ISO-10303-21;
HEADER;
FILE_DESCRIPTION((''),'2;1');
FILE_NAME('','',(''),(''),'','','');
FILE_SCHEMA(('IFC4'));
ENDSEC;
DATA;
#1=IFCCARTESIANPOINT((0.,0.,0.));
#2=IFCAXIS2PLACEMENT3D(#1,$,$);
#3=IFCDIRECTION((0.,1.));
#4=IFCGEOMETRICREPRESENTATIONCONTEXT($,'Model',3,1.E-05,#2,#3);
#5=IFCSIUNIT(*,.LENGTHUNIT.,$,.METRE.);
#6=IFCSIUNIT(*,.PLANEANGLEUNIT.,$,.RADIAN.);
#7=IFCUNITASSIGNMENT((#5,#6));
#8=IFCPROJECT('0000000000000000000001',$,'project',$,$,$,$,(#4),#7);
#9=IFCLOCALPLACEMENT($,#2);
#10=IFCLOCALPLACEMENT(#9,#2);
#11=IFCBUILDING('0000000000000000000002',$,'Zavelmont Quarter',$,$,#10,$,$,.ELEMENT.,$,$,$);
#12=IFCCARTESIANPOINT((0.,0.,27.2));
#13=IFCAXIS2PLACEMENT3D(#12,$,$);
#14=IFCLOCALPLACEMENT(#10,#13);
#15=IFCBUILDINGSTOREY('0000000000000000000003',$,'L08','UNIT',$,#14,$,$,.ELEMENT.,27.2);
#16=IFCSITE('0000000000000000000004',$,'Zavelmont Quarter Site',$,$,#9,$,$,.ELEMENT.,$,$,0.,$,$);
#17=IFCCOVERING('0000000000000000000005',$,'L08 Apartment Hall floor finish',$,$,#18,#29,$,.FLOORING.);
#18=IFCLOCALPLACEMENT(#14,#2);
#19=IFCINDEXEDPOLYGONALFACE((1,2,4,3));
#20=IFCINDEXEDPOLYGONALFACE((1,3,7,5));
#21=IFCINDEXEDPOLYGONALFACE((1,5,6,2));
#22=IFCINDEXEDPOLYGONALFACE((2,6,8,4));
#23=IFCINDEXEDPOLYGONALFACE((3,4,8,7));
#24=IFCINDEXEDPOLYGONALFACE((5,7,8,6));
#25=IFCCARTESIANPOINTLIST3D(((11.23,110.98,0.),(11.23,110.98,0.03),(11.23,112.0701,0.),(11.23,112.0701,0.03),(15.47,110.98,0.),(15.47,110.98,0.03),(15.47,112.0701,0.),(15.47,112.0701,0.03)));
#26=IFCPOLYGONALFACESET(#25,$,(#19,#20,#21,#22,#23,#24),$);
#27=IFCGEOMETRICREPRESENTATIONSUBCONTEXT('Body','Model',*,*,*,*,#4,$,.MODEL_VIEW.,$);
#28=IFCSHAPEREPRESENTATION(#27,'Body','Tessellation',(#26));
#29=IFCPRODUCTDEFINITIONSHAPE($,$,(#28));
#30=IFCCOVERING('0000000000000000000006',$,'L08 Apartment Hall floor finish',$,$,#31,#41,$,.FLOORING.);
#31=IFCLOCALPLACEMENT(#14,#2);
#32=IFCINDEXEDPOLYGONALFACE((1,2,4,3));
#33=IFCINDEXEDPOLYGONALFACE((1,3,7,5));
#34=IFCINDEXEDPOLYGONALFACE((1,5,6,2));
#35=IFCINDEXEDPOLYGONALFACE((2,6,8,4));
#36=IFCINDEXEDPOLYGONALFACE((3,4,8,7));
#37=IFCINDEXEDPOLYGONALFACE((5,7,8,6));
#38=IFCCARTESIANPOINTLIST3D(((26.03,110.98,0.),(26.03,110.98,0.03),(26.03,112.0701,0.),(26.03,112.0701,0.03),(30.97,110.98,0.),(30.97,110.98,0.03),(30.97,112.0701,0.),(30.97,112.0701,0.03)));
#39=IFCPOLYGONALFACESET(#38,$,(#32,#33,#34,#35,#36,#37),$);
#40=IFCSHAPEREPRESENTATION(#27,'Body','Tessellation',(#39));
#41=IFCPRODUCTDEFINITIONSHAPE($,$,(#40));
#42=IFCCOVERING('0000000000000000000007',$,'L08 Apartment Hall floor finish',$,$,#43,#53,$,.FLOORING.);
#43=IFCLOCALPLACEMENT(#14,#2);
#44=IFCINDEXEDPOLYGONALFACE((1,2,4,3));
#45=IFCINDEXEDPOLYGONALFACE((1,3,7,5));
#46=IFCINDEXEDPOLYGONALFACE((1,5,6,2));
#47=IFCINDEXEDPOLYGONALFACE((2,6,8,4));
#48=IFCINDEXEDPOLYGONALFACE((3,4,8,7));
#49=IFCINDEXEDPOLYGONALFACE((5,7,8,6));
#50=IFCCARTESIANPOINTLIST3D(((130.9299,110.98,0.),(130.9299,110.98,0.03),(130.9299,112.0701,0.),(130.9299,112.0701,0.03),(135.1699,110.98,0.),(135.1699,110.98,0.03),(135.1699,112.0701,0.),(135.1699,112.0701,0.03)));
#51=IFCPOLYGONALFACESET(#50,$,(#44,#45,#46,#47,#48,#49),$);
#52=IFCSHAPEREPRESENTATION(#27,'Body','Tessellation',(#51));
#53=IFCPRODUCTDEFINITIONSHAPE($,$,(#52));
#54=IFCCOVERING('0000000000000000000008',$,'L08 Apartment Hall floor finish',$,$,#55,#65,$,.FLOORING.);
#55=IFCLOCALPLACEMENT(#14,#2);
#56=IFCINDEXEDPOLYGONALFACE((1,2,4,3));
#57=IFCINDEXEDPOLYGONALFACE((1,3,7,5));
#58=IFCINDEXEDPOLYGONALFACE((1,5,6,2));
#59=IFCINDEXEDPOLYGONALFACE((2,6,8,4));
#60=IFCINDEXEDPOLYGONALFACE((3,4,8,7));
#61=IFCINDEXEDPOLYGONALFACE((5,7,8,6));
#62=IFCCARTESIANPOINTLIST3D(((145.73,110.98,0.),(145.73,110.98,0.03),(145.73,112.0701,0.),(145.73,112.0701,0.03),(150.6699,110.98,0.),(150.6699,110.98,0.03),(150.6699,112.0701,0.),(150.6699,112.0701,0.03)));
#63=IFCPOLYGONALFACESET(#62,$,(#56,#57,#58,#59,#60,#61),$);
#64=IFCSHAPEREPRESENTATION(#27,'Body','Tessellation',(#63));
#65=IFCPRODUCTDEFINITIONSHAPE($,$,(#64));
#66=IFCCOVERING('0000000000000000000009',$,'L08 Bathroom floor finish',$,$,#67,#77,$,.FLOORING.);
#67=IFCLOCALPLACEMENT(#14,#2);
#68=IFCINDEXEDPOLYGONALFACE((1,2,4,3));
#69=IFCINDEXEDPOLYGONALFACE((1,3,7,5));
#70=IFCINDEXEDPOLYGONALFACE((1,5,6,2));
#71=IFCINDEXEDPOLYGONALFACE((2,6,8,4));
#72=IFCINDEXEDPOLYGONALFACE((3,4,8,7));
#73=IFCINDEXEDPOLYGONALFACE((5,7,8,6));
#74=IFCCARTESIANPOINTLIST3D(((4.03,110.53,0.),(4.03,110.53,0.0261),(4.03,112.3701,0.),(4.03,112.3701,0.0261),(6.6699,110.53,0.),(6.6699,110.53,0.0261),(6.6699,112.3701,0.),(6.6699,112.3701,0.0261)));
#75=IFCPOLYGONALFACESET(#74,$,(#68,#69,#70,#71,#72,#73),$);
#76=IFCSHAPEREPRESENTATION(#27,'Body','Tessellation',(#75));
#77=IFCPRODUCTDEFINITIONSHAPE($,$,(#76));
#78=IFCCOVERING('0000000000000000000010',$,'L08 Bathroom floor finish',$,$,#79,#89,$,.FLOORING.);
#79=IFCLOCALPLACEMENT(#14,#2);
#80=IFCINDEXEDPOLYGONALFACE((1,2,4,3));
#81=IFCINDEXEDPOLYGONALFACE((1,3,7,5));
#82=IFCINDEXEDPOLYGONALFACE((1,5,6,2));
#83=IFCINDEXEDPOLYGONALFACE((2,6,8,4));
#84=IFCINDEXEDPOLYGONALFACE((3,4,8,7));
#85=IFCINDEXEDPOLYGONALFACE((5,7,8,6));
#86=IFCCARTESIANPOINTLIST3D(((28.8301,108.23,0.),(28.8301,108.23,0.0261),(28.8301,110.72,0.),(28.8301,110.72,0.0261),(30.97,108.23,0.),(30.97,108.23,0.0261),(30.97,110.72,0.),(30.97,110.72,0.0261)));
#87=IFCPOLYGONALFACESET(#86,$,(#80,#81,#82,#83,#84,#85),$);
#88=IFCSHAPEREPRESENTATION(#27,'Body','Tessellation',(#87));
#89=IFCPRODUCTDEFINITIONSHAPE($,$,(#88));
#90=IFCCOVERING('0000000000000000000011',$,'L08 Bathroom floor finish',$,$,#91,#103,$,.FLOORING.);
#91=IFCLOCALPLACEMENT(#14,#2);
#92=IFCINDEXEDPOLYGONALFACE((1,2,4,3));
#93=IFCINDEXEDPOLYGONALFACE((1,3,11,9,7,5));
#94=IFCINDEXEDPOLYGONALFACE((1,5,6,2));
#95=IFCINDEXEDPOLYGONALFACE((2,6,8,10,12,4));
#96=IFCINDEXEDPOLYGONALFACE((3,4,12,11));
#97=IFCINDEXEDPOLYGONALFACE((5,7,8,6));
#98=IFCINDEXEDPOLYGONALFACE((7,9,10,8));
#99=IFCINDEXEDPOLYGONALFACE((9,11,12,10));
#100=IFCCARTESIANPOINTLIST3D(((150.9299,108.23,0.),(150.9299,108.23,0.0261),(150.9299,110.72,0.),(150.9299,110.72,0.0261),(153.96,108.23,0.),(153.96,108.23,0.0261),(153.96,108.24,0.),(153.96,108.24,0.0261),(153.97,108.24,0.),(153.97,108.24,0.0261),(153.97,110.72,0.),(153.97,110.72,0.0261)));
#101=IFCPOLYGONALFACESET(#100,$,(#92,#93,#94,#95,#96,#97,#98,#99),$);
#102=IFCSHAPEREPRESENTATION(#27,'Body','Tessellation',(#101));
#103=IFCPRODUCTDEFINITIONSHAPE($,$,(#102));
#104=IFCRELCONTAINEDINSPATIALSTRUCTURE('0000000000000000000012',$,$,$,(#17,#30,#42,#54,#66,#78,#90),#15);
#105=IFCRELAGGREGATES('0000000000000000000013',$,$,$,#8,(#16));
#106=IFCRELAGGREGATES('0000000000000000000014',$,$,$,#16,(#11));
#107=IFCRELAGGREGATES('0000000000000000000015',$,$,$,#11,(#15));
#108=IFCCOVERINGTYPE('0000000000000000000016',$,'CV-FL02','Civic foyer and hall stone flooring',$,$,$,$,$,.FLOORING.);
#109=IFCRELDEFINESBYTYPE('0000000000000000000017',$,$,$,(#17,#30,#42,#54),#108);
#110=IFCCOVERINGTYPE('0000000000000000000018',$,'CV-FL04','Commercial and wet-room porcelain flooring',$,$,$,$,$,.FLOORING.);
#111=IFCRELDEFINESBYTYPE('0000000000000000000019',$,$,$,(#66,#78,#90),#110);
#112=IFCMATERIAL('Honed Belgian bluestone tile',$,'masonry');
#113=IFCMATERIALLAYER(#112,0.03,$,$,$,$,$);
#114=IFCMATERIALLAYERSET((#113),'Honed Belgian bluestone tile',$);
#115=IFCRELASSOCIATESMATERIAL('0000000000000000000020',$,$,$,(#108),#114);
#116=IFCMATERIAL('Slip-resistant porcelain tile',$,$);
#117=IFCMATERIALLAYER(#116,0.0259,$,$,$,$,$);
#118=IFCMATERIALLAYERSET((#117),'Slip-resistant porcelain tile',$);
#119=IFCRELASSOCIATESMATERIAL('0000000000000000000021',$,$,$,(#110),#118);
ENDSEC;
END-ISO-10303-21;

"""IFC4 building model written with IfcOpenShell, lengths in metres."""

from ifc_helpers import new_model, si_unit, direction, frame, origin, place, context, subcontext, project, spatial, polyline, outline, extrude, material, layer, layer_set, type_object, element, save


model = new_model("IFC4")

# Units and contexts
model_context = context("Model", 3, precision=1e-05, world=origin(), true_north=direction((0.0, 1.0)))
body_context = subcontext(model_context, "Body", "Model", "MODEL_VIEW")
ifc_project = project(units=[si_unit("LENGTHUNIT", "METRE"), si_unit("PLANEANGLEUNIT", "RADIAN")], contexts=[model_context])

# Site, building, storey
site_placement = place(None, origin())
site = spatial("IfcSite", under=ifc_project, at=site_placement, Name="Zavelmont Quarter Site", CompositionType="ELEMENT", RefElevation=0.0)
building_placement = place(site_placement, origin())
building = spatial("IfcBuilding", under=site, at=building_placement, Name="Zavelmont Quarter", CompositionType="ELEMENT")
storey_placement = place(building_placement, frame((0.0, 0.0, 27.2)))
storey = spatial("IfcBuildingStorey", under=building, at=storey_placement, Name="L08", Description="UNIT", CompositionType="ELEMENT", Elevation=27.2)

# Coverings
ifc_material_1 = material(Name="Honed Belgian bluestone tile", Category="masonry")
ifc_layer_1 = layer(ifc_material_1, 0.03)
ifc_layer_set_1 = layer_set([ifc_layer_1], Name="Honed Belgian bluestone tile")
covering_type_1 = type_object("IfcCoveringType", Name="CV-FL02", Description="Civic foyer and hall stone flooring", PredefinedType="FLOORING", material=ifc_layer_set_1)
covering_1_placement = place(storey_placement, origin())
element("IfcCovering", 1, at=covering_1_placement, inside=storey, type_object=covering_type_1, Name="L08 Apartment Hall floor finish", PredefinedType="FLOORING", context=body_context, shape_type="SweptSolid", body=[
    extrude(outline(polyline([(11.23, 112.0701), (15.47, 112.0701), (15.47, 110.98), (11.23, 110.98), (11.23, 112.0701)])), origin(), (0.0, 0.0, 1.0), 0.03),
])
covering_2_placement = place(storey_placement, origin())
element("IfcCovering", 2, at=covering_2_placement, inside=storey, type_object=covering_type_1, Name="L08 Apartment Hall floor finish", PredefinedType="FLOORING", context=body_context, shape_type="SweptSolid", body=[
    extrude(outline(polyline([(26.03, 112.0701), (30.97, 112.0701), (30.97, 110.98), (26.03, 110.98), (26.03, 112.0701)])), origin(), (0.0, 0.0, 1.0), 0.03),
])
covering_3_placement = place(storey_placement, origin())
element("IfcCovering", 3, at=covering_3_placement, inside=storey, type_object=covering_type_1, Name="L08 Apartment Hall floor finish", PredefinedType="FLOORING", context=body_context, shape_type="SweptSolid", body=[
    extrude(outline(polyline([(130.9299, 112.0701), (135.1699, 112.0701), (135.1699, 110.98), (130.9299, 110.98), (130.9299, 112.0701)])), origin(), (0.0, 0.0, 1.0), 0.03),
])
covering_4_placement = place(storey_placement, origin())
element("IfcCovering", 4, at=covering_4_placement, inside=storey, type_object=covering_type_1, Name="L08 Apartment Hall floor finish", PredefinedType="FLOORING", context=body_context, shape_type="SweptSolid", body=[
    extrude(outline(polyline([(145.73, 112.0701), (150.6699, 112.0701), (150.6699, 110.98), (145.73, 110.98), (145.73, 112.0701)])), origin(), (0.0, 0.0, 1.0), 0.03),
])
ifc_material_2 = material(Name="Slip-resistant porcelain tile")
ifc_layer_2 = layer(ifc_material_2, 0.0259)
ifc_layer_set_2 = layer_set([ifc_layer_2], Name="Slip-resistant porcelain tile")
covering_type_2 = type_object("IfcCoveringType", Name="CV-FL04", Description="Commercial and wet-room porcelain flooring", PredefinedType="FLOORING", material=ifc_layer_set_2)
covering_5_placement = place(storey_placement, origin())
element("IfcCovering", 5, at=covering_5_placement, inside=storey, type_object=covering_type_2, Name="L08 Bathroom floor finish", PredefinedType="FLOORING", context=body_context, shape_type="SweptSolid", body=[
    extrude(outline(polyline([(4.03, 112.3701), (6.6699, 112.3701), (6.6699, 110.53), (4.03, 110.53), (4.03, 112.3701)])), origin(), (0.0, 0.0, 1.0), 0.0261),
])
covering_6_placement = place(storey_placement, origin())
element("IfcCovering", 6, at=covering_6_placement, inside=storey, type_object=covering_type_2, Name="L08 Bathroom floor finish", PredefinedType="FLOORING", context=body_context, shape_type="SweptSolid", body=[
    extrude(outline(polyline([(28.8301, 110.72), (30.97, 110.72), (30.97, 108.23), (28.8301, 108.23), (28.8301, 110.72)])), origin(), (0.0, 0.0, 1.0), 0.0261),
])
covering_7_placement = place(storey_placement, origin())
element("IfcCovering", 7, at=covering_7_placement, inside=storey, type_object=covering_type_2, Name="L08 Bathroom floor finish", PredefinedType="FLOORING", context=body_context, shape_type="SweptSolid", body=[
    extrude(outline(polyline([(150.9299, 110.72), (153.97, 110.72), (153.97, 108.24), (153.96, 108.24), (153.96, 108.23), (150.9299, 108.23), (150.9299, 110.72)])), origin(), (0.0, 0.0, 1.0), 0.0261),
])

save(model, "model.ifc")
